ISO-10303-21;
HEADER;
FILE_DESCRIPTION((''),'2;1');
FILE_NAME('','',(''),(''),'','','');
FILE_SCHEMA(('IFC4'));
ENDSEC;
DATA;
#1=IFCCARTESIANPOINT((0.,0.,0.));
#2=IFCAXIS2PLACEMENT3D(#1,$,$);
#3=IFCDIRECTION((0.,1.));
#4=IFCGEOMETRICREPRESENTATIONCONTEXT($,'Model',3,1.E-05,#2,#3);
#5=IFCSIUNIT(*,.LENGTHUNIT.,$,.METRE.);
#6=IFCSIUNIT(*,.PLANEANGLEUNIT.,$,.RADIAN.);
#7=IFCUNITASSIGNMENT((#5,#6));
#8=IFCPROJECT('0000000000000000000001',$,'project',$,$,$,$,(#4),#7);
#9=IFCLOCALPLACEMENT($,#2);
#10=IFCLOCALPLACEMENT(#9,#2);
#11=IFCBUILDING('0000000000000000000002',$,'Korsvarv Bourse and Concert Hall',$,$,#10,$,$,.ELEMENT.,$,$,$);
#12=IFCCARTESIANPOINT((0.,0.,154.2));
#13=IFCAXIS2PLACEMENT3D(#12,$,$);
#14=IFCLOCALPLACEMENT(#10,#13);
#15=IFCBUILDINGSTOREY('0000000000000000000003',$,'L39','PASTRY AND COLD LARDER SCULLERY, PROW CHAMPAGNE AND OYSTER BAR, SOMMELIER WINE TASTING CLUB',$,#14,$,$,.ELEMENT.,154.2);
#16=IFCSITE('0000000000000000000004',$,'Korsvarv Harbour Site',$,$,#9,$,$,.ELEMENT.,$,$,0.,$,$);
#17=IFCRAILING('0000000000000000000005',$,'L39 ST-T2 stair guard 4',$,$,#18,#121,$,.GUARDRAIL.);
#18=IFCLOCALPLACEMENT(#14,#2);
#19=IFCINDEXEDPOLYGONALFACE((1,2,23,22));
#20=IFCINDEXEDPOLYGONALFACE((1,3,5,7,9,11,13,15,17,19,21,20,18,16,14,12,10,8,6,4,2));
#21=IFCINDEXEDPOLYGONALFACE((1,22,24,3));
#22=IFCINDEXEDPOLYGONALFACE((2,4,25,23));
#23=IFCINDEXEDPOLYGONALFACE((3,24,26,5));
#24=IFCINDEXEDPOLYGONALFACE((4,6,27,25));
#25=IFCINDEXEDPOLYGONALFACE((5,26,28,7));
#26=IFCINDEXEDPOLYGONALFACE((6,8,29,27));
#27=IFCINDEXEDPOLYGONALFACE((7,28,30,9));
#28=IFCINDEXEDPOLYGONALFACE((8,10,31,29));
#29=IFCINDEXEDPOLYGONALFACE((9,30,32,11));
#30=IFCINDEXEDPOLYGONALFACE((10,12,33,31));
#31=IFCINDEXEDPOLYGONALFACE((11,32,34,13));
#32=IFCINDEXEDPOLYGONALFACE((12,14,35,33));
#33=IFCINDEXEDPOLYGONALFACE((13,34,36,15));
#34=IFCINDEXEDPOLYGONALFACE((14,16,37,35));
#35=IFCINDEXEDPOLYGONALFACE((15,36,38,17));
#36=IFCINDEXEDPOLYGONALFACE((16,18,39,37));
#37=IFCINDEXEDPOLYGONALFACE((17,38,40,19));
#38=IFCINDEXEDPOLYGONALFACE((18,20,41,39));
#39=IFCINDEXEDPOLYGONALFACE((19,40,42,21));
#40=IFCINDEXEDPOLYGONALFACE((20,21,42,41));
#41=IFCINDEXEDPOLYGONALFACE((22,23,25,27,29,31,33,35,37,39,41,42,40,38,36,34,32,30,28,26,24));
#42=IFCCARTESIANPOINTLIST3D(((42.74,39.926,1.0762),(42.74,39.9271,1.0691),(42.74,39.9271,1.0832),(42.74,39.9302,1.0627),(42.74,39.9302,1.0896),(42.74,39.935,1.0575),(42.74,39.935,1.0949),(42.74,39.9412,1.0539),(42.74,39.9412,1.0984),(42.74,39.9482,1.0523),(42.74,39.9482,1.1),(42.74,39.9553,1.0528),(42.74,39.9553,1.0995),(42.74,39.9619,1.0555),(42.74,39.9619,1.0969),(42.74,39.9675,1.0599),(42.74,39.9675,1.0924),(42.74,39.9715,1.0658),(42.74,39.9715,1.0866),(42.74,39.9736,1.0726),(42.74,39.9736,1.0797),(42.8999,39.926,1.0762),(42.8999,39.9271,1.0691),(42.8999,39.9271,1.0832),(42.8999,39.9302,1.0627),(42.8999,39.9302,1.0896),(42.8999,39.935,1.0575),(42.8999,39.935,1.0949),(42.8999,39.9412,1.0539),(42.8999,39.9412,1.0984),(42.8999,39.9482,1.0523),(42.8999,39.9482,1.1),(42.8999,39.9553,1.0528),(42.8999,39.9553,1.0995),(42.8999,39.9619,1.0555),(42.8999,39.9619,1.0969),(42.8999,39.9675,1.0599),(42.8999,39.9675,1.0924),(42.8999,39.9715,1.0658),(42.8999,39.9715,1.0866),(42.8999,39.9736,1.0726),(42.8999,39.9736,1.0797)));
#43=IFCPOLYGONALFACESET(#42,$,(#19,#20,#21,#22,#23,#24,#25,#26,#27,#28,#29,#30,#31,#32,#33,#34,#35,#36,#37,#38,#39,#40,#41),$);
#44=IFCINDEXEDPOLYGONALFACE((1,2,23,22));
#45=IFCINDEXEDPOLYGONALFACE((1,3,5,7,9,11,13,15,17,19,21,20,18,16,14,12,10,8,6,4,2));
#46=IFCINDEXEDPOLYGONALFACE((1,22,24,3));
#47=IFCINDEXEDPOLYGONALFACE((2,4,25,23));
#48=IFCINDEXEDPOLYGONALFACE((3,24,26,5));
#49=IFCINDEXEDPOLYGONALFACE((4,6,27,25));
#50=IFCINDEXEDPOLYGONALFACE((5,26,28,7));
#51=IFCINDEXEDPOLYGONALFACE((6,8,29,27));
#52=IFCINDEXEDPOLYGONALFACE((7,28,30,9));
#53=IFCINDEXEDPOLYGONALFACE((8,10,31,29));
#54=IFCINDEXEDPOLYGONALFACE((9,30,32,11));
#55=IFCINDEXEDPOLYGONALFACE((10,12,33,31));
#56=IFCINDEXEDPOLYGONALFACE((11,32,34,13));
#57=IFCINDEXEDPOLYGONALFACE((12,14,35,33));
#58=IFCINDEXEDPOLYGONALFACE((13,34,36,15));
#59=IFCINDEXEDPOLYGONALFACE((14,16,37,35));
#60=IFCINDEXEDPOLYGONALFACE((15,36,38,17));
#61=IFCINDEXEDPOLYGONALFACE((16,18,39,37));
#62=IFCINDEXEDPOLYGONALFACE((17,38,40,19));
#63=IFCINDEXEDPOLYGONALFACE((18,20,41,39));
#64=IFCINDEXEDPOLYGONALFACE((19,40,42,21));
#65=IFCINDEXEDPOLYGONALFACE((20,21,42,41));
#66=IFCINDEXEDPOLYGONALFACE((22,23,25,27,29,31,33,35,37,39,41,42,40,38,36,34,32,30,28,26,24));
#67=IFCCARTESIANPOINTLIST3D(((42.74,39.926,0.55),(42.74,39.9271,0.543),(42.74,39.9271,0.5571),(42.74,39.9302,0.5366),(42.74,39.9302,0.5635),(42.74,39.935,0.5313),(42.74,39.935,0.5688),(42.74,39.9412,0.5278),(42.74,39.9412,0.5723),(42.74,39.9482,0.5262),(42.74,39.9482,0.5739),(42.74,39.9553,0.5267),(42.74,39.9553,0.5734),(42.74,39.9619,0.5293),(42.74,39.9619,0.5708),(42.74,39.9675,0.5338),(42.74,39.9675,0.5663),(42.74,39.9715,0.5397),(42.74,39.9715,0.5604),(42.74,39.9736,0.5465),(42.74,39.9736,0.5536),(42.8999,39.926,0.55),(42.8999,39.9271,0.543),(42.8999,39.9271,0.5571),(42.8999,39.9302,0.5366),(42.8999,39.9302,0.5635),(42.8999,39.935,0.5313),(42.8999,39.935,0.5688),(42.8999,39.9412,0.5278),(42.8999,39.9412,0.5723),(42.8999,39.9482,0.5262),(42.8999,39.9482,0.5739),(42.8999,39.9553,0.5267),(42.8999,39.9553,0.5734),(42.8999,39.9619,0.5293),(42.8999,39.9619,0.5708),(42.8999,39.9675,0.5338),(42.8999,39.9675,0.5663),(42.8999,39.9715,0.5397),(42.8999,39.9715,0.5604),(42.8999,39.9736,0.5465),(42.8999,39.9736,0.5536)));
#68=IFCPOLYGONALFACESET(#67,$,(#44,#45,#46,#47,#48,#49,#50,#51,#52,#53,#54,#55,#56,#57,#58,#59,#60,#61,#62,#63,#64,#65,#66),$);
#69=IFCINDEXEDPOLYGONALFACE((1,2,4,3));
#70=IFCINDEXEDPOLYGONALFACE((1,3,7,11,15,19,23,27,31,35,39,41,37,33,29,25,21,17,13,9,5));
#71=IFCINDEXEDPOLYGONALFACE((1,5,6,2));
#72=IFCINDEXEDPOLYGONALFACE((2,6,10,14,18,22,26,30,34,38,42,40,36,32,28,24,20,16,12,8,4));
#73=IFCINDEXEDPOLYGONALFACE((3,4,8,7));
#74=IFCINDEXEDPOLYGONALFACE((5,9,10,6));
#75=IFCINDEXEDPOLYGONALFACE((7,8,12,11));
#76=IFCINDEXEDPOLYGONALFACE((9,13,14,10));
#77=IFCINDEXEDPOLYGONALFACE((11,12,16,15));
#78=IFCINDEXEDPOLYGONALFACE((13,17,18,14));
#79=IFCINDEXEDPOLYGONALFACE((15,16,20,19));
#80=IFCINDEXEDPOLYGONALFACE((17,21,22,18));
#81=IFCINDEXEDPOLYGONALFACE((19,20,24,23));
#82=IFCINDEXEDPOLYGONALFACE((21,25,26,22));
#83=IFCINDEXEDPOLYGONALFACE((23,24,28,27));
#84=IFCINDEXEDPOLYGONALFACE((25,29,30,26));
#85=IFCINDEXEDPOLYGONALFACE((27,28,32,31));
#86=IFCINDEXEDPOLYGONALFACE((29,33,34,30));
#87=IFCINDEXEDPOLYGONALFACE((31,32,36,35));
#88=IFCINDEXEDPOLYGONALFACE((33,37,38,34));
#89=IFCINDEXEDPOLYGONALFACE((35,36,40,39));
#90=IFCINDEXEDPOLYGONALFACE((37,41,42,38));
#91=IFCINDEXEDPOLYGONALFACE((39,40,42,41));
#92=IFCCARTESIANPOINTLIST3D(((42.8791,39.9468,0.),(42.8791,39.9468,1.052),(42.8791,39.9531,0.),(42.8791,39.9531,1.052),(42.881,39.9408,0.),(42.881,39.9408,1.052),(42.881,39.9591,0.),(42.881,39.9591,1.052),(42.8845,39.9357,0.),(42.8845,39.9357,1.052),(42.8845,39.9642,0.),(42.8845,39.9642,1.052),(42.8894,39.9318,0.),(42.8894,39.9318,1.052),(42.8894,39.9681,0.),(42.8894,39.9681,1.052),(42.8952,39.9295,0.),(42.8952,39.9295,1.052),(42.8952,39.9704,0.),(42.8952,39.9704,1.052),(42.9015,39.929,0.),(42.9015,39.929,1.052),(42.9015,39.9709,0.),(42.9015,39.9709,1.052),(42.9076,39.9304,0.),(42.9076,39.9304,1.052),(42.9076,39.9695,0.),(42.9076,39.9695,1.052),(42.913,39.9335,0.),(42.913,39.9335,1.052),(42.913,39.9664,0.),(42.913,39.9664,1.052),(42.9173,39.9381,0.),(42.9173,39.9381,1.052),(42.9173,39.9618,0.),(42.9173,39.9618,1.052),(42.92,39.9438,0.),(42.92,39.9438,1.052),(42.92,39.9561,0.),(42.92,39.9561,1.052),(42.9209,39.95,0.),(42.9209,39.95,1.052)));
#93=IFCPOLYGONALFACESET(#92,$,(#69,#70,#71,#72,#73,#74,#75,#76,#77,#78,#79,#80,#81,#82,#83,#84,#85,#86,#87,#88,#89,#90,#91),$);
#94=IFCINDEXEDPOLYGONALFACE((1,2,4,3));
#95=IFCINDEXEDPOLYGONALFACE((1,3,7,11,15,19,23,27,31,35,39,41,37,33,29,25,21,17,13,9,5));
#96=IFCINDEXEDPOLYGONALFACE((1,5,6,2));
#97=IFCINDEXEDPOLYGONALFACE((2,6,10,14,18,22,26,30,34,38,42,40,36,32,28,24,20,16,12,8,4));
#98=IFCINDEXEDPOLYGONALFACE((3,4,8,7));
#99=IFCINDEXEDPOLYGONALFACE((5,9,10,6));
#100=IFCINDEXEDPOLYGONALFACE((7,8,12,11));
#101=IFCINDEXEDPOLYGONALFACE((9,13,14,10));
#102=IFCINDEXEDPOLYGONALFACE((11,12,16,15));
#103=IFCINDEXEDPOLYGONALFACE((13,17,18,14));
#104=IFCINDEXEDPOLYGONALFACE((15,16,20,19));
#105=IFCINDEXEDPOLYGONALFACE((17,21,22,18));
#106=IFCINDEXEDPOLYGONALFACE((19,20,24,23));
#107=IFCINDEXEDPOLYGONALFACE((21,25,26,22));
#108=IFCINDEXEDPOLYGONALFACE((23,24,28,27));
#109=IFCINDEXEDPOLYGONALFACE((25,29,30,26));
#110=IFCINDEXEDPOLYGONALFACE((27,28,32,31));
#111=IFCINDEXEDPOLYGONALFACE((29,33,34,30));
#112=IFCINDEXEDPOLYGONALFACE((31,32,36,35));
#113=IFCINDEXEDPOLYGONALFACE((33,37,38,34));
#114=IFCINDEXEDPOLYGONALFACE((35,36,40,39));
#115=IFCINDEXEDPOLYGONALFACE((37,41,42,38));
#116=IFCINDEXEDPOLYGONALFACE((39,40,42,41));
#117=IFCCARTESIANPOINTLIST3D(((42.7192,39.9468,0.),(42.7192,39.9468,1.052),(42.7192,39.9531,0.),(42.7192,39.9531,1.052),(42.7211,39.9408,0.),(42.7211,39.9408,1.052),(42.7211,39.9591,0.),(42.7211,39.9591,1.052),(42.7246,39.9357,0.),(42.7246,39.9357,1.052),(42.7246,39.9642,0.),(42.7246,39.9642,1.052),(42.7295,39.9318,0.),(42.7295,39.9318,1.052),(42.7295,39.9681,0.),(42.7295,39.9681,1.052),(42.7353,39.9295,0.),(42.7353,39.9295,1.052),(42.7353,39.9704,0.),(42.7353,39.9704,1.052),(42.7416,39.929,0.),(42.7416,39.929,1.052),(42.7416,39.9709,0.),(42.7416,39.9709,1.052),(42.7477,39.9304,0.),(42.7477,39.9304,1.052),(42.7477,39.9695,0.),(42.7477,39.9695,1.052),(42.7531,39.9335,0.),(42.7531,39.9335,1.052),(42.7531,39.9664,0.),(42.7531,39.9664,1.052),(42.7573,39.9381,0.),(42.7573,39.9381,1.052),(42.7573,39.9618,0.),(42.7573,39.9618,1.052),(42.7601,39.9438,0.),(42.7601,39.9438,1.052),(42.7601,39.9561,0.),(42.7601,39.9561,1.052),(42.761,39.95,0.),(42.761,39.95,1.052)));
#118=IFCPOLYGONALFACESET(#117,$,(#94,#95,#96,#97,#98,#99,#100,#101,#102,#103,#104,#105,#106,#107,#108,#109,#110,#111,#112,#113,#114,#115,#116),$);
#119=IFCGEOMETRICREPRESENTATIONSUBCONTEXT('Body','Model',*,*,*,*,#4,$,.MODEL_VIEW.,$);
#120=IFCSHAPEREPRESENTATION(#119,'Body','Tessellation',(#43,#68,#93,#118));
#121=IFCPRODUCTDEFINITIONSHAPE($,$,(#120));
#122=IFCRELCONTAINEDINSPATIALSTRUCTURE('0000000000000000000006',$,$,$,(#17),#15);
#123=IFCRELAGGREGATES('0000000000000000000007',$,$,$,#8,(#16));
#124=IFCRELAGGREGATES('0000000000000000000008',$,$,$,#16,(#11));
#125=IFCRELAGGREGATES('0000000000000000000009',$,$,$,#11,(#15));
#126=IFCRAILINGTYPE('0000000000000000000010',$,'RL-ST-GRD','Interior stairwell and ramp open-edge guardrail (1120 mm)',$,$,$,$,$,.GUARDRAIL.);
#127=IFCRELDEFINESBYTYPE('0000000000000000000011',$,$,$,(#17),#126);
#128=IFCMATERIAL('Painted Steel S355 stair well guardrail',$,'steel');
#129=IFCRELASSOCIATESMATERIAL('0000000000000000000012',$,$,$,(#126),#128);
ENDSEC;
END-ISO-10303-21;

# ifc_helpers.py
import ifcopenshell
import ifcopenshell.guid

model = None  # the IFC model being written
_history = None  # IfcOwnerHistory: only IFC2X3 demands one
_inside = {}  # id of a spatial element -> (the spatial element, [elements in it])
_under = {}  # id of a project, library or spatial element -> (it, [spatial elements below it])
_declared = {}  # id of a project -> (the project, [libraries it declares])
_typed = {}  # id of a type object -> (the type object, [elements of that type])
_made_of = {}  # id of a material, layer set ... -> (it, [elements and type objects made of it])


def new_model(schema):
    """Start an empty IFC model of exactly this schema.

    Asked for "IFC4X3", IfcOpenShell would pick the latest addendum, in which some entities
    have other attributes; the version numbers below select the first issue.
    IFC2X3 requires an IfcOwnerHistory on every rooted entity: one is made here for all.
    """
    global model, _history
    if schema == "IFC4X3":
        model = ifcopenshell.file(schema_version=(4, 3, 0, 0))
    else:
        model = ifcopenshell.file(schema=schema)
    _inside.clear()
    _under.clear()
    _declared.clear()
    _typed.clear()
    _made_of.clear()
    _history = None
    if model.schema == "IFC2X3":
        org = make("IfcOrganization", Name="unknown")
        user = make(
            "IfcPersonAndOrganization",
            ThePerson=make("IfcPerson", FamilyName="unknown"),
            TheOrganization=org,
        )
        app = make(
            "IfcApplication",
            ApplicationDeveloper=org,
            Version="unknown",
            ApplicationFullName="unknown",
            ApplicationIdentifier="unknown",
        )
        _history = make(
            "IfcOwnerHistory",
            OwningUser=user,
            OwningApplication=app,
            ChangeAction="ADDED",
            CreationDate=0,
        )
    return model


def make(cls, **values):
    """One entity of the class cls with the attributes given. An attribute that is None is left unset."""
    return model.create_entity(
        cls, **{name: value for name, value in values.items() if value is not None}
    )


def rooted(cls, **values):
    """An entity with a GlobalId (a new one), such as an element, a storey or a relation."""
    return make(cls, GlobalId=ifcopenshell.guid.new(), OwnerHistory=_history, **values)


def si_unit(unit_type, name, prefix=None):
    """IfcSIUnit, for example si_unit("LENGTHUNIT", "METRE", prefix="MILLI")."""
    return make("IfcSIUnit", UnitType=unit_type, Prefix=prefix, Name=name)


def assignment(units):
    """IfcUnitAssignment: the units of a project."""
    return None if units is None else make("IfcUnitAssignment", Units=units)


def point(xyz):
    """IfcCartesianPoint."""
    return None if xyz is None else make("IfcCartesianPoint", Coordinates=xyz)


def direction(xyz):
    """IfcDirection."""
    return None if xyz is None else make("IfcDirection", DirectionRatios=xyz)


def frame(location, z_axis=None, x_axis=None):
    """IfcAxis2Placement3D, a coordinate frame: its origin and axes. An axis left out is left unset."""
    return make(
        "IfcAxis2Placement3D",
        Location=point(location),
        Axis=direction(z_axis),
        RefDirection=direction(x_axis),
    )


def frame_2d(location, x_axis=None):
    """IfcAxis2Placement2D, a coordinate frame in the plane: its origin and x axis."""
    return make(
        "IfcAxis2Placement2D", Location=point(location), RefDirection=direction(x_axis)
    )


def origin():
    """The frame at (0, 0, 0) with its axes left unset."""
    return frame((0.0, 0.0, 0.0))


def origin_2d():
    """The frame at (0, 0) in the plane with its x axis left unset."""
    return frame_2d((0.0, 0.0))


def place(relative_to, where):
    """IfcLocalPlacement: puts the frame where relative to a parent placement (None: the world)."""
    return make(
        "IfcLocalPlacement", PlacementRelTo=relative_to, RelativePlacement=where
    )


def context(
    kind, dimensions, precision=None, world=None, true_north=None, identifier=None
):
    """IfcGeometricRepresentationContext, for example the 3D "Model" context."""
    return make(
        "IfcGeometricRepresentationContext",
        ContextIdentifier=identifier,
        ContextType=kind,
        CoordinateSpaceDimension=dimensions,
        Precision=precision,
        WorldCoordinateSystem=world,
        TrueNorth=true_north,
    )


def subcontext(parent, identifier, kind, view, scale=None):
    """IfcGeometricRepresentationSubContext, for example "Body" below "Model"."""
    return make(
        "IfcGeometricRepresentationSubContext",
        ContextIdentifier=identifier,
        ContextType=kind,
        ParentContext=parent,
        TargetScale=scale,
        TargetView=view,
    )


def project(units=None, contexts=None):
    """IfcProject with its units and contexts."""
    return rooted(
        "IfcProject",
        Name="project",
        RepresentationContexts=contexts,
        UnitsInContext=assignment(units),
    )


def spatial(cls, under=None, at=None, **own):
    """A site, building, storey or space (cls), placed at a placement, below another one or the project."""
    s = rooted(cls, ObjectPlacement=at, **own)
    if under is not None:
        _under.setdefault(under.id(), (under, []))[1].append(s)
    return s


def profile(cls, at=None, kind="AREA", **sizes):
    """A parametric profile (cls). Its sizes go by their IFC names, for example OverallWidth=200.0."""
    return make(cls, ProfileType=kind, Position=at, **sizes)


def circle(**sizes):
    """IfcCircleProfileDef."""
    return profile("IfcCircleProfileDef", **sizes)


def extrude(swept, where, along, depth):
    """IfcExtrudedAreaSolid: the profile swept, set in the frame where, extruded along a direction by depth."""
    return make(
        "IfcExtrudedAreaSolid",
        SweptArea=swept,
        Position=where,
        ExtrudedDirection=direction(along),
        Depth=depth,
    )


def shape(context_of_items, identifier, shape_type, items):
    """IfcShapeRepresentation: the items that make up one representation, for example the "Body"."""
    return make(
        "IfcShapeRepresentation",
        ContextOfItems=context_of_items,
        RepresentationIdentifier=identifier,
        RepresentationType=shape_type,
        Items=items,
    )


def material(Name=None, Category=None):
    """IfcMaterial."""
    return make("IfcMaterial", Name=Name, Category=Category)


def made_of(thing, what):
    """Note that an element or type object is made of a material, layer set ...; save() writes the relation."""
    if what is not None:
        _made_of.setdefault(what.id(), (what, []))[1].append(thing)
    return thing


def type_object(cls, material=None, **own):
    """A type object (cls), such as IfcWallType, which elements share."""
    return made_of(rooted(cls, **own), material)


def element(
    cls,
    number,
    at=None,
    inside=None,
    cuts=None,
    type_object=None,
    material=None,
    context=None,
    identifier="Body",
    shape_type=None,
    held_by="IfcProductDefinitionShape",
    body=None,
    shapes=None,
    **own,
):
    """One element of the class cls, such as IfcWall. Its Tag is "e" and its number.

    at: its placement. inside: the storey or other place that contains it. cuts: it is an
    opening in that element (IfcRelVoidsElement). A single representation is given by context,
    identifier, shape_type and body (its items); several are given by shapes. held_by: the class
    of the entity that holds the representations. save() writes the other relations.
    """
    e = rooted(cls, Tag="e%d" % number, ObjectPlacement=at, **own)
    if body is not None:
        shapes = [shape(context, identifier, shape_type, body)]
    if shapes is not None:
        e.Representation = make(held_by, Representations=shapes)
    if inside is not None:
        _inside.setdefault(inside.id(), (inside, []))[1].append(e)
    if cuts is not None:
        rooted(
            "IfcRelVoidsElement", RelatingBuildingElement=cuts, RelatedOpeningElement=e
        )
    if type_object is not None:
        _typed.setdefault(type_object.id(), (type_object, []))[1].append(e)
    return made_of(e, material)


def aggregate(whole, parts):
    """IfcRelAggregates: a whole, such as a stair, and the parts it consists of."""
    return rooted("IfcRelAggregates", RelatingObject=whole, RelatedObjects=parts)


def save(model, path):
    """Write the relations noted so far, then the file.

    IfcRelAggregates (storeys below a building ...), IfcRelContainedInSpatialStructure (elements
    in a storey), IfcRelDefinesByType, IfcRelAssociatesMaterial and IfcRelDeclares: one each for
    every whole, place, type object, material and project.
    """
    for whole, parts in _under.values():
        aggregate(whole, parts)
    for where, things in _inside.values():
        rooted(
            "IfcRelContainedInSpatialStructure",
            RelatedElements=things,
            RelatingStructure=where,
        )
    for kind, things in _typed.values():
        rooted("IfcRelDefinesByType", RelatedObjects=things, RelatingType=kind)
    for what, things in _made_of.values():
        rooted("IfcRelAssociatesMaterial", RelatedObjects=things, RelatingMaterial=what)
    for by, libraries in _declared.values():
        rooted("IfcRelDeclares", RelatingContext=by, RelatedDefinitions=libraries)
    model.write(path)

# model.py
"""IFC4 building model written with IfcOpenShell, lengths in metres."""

from ifc_helpers import new_model, si_unit, direction, frame, origin, origin_2d, place, context, subcontext, project, spatial, circle, extrude, material, type_object, element, save


model = new_model("IFC4")

# Units and contexts
model_context = context("Model", 3, precision=1e-05, world=origin(), true_north=direction((0.0, 1.0)))
body_context = subcontext(model_context, "Body", "Model", "MODEL_VIEW")
ifc_project = project(units=[si_unit("LENGTHUNIT", "METRE"), si_unit("PLANEANGLEUNIT", "RADIAN")], contexts=[model_context])

# Site, building, storey
site_placement = place(None, origin())
site = spatial("IfcSite", under=ifc_project, at=site_placement, Name="Korsvarv Harbour Site", CompositionType="ELEMENT", RefElevation=0.0)
building_placement = place(site_placement, origin())
building = spatial("IfcBuilding", under=site, at=building_placement, Name="Korsvarv Bourse and Concert Hall", CompositionType="ELEMENT")
storey_placement = place(building_placement, frame((0.0, 0.0, 154.2)))
storey = spatial("IfcBuildingStorey", under=building, at=storey_placement, Name="L39", Description="PASTRY AND COLD LARDER SCULLERY, PROW CHAMPAGNE AND OYSTER BAR, SOMMELIER WINE TASTING CLUB", CompositionType="ELEMENT", Elevation=154.2)

# Railing
ifc_material_1 = material(Name="Painted Steel S355 stair well guardrail", Category="steel")
railing_type = type_object("IfcRailingType", Name="RL-ST-GRD", Description="Interior stairwell and ramp open-edge guardrail (1120 mm)", PredefinedType="GUARDRAIL", material=ifc_material_1)
railing_1_placement = place(storey_placement, frame((42.8999, 39.95, 0.0)))
element("IfcRailing", 1, at=railing_1_placement, inside=storey, type_object=railing_type, Name="L39 ST-T2 stair guard 4", PredefinedType="GUARDRAIL", context=body_context, shape_type="SweptSolid", body=[
    extrude(circle(Radius=0.0239, at=origin_2d()), frame((0.0, 0.0, 1.0762), z_axis=(-1.0, 0.0, 0.0), x_axis=(0.0, -1.0, 0.0)), (0.0, 0.0, 1.0), 0.1599),
    extrude(circle(Radius=0.0239, at=origin_2d()), frame((0.0, 0.0, 0.55), z_axis=(-1.0, 0.0, 0.0), x_axis=(0.0, -1.0, 0.0)), (0.0, 0.0, 1.0), 0.1599),
    extrude(circle(Radius=0.021, at=origin_2d()), origin(), (0.0, 0.0, 1.0), 1.052),
    extrude(circle(Radius=0.021, at=origin_2d()), frame((-0.1599, 0.0, 0.0)), (0.0, 0.0, 1.0), 1.052),
])

save(model, "model.ifc")
